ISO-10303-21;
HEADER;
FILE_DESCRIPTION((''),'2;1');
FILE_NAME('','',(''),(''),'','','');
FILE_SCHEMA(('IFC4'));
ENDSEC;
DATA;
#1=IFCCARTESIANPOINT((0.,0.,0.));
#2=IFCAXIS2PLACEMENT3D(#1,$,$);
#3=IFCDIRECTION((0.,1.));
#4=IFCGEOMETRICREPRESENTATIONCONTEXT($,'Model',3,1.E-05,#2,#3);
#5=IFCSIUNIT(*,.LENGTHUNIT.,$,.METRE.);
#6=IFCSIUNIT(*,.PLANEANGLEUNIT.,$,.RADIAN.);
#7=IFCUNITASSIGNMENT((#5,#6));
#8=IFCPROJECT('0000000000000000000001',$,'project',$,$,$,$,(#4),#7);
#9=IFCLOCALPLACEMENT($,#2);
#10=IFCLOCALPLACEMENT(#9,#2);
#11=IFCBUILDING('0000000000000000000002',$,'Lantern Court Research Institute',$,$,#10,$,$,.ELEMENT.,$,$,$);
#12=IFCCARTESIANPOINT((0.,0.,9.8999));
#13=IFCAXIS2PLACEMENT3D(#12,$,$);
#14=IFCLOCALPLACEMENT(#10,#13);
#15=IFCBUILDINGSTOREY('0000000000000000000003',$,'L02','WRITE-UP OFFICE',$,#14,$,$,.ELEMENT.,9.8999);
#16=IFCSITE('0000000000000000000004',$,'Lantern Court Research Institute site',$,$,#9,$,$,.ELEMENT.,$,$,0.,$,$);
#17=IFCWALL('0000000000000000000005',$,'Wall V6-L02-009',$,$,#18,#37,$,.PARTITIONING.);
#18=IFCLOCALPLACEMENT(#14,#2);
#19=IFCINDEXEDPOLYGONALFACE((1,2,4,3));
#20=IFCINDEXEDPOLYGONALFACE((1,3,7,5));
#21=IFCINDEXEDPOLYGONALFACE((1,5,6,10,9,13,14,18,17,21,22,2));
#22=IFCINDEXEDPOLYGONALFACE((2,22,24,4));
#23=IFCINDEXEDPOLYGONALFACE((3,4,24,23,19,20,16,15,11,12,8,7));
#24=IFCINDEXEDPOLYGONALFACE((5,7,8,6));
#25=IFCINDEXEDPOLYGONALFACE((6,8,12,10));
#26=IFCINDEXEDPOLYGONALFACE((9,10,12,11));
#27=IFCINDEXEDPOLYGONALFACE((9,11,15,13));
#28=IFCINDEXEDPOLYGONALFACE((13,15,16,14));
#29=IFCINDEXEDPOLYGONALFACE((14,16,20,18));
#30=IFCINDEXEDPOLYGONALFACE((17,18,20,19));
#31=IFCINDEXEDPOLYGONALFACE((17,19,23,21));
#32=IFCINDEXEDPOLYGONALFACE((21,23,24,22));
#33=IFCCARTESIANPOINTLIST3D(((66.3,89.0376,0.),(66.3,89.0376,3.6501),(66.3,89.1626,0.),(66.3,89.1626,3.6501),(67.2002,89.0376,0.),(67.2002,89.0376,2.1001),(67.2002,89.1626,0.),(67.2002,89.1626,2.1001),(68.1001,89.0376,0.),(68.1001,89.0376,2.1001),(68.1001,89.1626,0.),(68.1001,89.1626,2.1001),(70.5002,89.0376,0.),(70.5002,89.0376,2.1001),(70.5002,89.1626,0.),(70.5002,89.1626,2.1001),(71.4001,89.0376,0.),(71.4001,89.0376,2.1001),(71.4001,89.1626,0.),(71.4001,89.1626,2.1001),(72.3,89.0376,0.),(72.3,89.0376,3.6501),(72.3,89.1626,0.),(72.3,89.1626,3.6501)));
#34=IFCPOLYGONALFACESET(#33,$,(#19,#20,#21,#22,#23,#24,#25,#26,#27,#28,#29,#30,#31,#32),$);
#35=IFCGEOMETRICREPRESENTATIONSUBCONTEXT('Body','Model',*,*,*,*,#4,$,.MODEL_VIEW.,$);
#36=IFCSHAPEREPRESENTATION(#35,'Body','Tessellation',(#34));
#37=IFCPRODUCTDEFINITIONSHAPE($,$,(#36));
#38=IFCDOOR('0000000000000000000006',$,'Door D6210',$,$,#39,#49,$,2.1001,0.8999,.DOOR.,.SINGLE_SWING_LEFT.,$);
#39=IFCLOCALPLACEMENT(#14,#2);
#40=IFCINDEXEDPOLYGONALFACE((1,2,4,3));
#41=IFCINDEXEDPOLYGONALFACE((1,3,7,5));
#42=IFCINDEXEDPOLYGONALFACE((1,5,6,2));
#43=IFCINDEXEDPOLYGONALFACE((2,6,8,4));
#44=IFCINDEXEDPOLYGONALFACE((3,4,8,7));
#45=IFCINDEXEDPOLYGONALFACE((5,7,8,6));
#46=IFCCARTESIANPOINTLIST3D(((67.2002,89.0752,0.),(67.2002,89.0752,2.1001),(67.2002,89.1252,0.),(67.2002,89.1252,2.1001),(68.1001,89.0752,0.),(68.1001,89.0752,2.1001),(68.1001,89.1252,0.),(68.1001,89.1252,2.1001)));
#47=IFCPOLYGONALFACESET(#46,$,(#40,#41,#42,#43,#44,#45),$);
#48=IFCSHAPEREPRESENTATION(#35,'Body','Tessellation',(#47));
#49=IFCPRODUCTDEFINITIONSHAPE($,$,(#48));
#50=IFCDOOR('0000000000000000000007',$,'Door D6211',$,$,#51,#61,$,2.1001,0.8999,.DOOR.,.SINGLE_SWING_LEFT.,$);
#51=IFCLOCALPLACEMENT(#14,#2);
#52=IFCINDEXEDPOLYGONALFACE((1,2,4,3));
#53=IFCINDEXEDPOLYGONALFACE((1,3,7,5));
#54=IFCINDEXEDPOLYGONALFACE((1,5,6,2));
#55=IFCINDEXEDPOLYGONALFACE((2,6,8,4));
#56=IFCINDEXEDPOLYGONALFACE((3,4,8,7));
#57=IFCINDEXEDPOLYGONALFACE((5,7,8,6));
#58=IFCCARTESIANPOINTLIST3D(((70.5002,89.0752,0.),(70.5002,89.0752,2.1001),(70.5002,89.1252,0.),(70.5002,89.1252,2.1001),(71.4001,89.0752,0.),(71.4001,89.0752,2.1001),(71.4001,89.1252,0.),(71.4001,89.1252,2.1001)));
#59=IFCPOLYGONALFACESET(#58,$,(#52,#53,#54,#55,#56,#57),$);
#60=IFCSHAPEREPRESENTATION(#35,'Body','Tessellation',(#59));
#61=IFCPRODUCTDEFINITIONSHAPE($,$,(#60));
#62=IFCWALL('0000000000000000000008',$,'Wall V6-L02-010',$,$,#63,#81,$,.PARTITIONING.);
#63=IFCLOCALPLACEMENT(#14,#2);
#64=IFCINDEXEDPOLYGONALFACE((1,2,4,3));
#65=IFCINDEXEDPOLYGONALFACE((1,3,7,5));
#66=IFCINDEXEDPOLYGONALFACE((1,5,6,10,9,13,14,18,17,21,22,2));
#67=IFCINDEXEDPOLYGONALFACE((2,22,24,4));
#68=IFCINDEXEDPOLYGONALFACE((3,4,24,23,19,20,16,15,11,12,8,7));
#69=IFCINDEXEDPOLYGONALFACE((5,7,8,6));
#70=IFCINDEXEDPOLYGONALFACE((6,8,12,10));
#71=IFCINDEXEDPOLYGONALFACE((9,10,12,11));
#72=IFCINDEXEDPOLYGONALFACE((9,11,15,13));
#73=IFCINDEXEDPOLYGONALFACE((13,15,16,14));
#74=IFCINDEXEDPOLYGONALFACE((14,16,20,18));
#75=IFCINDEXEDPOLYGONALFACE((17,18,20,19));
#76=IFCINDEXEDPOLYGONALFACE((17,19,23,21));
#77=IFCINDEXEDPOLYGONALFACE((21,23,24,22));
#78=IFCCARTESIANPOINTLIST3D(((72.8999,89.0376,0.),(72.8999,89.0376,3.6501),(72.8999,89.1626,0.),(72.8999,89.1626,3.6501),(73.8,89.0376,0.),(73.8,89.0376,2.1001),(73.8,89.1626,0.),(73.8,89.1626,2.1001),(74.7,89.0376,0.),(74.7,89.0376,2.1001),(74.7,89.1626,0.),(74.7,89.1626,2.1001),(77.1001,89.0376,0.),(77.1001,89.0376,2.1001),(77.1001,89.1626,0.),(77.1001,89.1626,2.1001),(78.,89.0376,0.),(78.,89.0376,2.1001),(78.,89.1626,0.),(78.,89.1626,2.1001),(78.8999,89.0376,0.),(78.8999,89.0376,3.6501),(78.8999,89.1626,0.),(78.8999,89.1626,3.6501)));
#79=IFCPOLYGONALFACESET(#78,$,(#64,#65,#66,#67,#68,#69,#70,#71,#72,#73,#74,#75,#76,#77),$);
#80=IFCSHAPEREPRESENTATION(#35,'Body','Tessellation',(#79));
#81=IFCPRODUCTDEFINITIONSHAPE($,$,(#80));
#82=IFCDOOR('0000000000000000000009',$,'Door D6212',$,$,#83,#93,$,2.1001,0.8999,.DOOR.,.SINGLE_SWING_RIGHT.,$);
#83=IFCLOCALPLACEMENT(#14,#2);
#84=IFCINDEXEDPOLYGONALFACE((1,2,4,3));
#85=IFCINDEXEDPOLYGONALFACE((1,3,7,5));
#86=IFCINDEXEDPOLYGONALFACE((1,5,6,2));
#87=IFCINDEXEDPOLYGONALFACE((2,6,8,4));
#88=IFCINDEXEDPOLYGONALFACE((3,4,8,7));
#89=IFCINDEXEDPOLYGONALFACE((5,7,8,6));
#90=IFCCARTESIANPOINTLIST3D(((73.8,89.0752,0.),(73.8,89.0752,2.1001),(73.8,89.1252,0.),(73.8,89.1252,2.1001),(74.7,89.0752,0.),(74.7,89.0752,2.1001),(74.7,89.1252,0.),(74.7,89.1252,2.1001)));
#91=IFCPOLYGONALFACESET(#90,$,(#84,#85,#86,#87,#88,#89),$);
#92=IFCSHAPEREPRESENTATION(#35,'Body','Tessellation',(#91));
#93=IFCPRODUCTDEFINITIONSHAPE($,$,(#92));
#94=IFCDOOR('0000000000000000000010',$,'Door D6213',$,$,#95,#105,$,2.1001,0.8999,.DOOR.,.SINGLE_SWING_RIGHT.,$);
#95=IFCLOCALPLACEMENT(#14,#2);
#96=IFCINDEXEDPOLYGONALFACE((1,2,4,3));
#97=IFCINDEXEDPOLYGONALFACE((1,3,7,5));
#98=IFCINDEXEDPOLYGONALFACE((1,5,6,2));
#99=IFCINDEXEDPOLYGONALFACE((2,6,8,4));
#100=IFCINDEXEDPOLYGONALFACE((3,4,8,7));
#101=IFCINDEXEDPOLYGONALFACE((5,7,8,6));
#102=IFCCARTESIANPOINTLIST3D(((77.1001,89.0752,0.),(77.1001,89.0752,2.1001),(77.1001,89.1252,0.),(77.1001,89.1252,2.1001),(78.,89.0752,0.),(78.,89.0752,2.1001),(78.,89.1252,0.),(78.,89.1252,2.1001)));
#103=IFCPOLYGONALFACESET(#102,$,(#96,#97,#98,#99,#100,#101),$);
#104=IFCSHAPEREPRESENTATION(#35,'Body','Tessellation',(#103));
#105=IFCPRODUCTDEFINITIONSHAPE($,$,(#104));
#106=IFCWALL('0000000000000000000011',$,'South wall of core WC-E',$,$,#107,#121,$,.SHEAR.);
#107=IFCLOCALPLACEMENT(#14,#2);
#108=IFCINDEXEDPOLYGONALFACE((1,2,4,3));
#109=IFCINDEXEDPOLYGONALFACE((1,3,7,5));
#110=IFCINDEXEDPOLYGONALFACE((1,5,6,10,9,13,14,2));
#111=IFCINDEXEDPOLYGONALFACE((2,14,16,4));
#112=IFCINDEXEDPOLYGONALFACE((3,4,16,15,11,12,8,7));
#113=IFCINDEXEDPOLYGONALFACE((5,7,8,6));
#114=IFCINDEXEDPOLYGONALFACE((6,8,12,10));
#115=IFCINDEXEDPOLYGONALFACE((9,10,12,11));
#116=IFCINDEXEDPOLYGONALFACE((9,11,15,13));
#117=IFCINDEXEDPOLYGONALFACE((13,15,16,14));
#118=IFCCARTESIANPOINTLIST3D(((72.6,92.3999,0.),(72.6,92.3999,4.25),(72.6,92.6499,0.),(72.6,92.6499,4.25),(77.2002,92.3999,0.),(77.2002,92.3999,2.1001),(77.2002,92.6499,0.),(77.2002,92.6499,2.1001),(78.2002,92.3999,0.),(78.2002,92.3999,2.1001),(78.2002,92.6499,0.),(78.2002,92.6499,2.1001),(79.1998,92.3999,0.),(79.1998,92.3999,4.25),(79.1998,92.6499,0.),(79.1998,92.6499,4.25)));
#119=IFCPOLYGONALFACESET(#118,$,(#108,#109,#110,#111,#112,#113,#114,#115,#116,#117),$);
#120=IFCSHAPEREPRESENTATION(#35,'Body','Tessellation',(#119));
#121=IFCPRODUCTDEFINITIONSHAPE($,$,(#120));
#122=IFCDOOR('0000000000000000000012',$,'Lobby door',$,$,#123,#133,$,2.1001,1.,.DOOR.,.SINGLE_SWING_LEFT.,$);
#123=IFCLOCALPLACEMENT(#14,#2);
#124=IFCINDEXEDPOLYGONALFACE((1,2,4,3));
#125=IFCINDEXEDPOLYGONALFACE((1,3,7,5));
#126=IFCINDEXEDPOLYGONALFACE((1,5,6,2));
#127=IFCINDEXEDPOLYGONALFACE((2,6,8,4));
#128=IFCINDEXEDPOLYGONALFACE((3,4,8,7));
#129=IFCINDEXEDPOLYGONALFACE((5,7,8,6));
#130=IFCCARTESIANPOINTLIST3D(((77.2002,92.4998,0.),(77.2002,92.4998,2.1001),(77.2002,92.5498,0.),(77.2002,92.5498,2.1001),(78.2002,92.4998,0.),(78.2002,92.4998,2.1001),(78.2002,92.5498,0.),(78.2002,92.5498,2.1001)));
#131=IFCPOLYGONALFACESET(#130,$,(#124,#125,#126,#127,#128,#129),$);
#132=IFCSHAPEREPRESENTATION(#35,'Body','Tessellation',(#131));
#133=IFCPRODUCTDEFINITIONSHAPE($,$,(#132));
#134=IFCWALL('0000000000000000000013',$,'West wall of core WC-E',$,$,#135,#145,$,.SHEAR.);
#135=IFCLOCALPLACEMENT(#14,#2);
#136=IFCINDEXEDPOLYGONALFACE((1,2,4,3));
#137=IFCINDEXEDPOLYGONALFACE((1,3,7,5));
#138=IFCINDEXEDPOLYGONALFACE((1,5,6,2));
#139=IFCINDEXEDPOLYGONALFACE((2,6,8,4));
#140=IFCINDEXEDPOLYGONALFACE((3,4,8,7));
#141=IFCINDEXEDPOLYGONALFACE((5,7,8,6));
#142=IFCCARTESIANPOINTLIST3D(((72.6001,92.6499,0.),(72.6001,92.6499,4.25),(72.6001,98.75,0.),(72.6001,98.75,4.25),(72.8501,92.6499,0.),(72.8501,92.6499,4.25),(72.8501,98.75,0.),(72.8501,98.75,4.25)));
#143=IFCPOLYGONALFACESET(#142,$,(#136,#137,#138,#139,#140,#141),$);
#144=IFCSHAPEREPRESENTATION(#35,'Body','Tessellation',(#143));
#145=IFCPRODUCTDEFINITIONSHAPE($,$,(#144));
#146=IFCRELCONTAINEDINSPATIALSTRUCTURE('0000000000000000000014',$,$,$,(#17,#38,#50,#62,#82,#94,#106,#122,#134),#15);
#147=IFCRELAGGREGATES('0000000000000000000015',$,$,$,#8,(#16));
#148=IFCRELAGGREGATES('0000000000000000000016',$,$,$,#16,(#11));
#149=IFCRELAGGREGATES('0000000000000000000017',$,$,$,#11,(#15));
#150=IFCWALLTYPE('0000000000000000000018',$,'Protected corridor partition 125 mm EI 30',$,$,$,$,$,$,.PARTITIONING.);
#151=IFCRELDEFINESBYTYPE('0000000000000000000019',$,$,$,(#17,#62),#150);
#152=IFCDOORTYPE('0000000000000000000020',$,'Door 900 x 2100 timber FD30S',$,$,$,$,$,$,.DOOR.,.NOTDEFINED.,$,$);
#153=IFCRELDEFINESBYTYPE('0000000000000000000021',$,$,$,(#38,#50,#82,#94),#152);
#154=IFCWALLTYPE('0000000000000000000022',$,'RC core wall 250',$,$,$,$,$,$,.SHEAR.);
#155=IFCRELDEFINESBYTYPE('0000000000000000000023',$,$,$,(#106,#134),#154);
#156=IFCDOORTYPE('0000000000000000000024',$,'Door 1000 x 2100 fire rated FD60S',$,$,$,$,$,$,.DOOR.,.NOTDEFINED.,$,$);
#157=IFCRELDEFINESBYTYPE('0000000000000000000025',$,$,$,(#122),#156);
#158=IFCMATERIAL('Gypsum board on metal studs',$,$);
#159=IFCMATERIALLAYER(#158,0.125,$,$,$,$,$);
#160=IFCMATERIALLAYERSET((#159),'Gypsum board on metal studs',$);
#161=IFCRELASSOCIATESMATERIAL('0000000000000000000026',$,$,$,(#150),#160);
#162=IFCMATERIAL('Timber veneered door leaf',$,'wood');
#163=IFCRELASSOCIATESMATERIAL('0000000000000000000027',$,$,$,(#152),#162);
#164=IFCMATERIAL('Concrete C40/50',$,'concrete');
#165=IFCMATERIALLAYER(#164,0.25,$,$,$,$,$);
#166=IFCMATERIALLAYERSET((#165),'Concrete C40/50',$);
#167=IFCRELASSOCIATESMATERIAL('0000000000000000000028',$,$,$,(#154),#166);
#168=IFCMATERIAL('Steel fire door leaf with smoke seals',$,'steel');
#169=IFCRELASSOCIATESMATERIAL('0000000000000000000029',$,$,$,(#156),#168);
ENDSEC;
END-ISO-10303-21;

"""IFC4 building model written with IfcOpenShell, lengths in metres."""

from ifc_helpers import new_model, si_unit, direction, frame, frame_2d, origin, place, context, subcontext, project, spatial, rectangle, extrude, material, layer, layer_set, type_object, element, fill, save


model = new_model("IFC4")

# Units and contexts
model_context = context("Model", 3, precision=1e-05, world=origin(), true_north=direction((0.0, 1.0)))
body_context = subcontext(model_context, "Body", "Model", "MODEL_VIEW")
ifc_project = project(units=[si_unit("LENGTHUNIT", "METRE"), si_unit("PLANEANGLEUNIT", "RADIAN")], contexts=[model_context])

# Site, building, storey
site_placement = place(None, origin())
site = spatial("IfcSite", under=ifc_project, at=site_placement, Name="Lantern Court Research Institute site", CompositionType="ELEMENT", RefElevation=0.0)
building_placement = place(site_placement, origin())
building = spatial("IfcBuilding", under=site, at=building_placement, Name="Lantern Court Research Institute", CompositionType="ELEMENT")
storey_placement = place(building_placement, frame((0.0, 0.0, 9.8999)))
storey = spatial("IfcBuildingStorey", under=building, at=storey_placement, Name="L02", Description="WRITE-UP OFFICE", CompositionType="ELEMENT", Elevation=9.8999)

# Walls, openings, doors
ifc_material_1 = material(Name="Gypsum board on metal studs")
ifc_layer_1 = layer(ifc_material_1, 0.125)
ifc_layer_set_1 = layer_set([ifc_layer_1], Name="Gypsum board on metal studs")
wall_type_1 = type_object("IfcWallType", Name="Protected corridor partition 125 mm EI 30", PredefinedType="PARTITIONING", material=ifc_layer_set_1)
wall_1_placement = place(storey_placement, frame((72.3, 89.1001, 0.0), z_axis=(0.0, 0.0, 1.0), x_axis=(-1.0, 0.0, 0.0)))
wall_1 = element("IfcWall", 1, at=wall_1_placement, inside=storey, type_object=wall_type_1, Name="Wall V6-L02-009", PredefinedType="PARTITIONING", context=body_context, shape_type="SweptSolid", body=[
    extrude(rectangle(XDim=6.0, YDim=0.125, at=frame_2d((3.0, 0.0))), origin(), (0.0, 0.0, 1.0), 3.6501),
])
opening_1_placement = place(wall_1_placement, frame((4.2, 0.0, 0.0)))
opening_1 = element("IfcOpeningElement", 2, at=opening_1_placement, cuts=wall_1, PredefinedType="OPENING", context=body_context, shape_type="SweptSolid", body=[
    extrude(rectangle(XDim=0.8999, YDim=2.1001, at=frame_2d((0.45, 1.05))), frame((0.0, 0.0725, 0.0), z_axis=(0.0, -1.0, 0.0), x_axis=(1.0, 0.0, 0.0)), (0.0, 0.0, 1.0), 0.145),
])
opening_2_placement = place(wall_1_placement, frame((0.8999, 0.0, 0.0)))
opening_2 = element("IfcOpeningElement", 3, at=opening_2_placement, cuts=wall_1, PredefinedType="OPENING", context=body_context, shape_type="SweptSolid", body=[
    extrude(rectangle(XDim=0.8999, YDim=2.1001, at=frame_2d((0.45, 1.05))), frame((0.0, 0.0725, 0.0), z_axis=(0.0, -1.0, 0.0), x_axis=(1.0, 0.0, 0.0)), (0.0, 0.0, 1.0), 0.145),
])
ifc_material_2 = material(Name="Timber veneered door leaf", Category="wood")
door_type_1 = type_object("IfcDoorType", Name="Door 900 x 2100 timber FD30S", OperationType="NOTDEFINED", PredefinedType="DOOR", material=ifc_material_2)
door_1_placement = place(opening_1_placement, origin())
door_1 = element("IfcDoor", 4, at=door_1_placement, inside=storey, type_object=door_type_1, Name="Door D6210", OperationType="SINGLE_SWING_LEFT", OverallHeight=2.1001, OverallWidth=0.8999, PredefinedType="DOOR", context=body_context, shape_type="SweptSolid", body=[
    extrude(rectangle(XDim=0.8999, YDim=2.1001, at=frame_2d((0.45, 1.05))), frame((0.0, 0.0249, 0.0), z_axis=(0.0, -1.0, 0.0), x_axis=(1.0, 0.0, 0.0)), (0.0, 0.0, 1.0), 0.05),
])
fill(opening_1, door_1)
door_2_placement = place(opening_2_placement, origin())
door_2 = element("IfcDoor", 5, at=door_2_placement, inside=storey, type_object=door_type_1, Name="Door D6211", OperationType="SINGLE_SWING_LEFT", OverallHeight=2.1001, OverallWidth=0.8999, PredefinedType="DOOR", context=body_context, shape_type="SweptSolid", body=[
    extrude(rectangle(XDim=0.8999, YDim=2.1001, at=frame_2d((0.45, 1.05))), frame((0.0, 0.0249, 0.0), z_axis=(0.0, -1.0, 0.0), x_axis=(1.0, 0.0, 0.0)), (0.0, 0.0, 1.0), 0.05),
])
fill(opening_2, door_2)
wall_2_placement = place(storey_placement, frame((78.8999, 89.1001, 0.0), z_axis=(0.0, 0.0, 1.0), x_axis=(-1.0, 0.0, 0.0)))
wall_2 = element("IfcWall", 6, at=wall_2_placement, inside=storey, type_object=wall_type_1, Name="Wall V6-L02-010", PredefinedType="PARTITIONING", context=body_context, shape_type="SweptSolid", body=[
    extrude(rectangle(XDim=6.0, YDim=0.125, at=frame_2d((3.0, 0.0))), origin(), (0.0, 0.0, 1.0), 3.6501),
])
opening_3_placement = place(wall_2_placement, frame((4.2, 0.0, 0.0)))
opening_3 = element("IfcOpeningElement", 7, at=opening_3_placement, cuts=wall_2, PredefinedType="OPENING", context=body_context, shape_type="SweptSolid", body=[
    extrude(rectangle(XDim=0.8999, YDim=2.1001, at=frame_2d((0.45, 1.05))), frame((0.0, 0.0725, 0.0), z_axis=(0.0, -1.0, 0.0), x_axis=(1.0, 0.0, 0.0)), (0.0, 0.0, 1.0), 0.145),
])
opening_4_placement = place(wall_2_placement, frame((0.8999, 0.0, 0.0)))
opening_4 = element("IfcOpeningElement", 8, at=opening_4_placement, cuts=wall_2, PredefinedType="OPENING", context=body_context, shape_type="SweptSolid", body=[
    extrude(rectangle(XDim=0.8999, YDim=2.1001, at=frame_2d((0.45, 1.05))), frame((0.0, 0.0725, 0.0), z_axis=(0.0, -1.0, 0.0), x_axis=(1.0, 0.0, 0.0)), (0.0, 0.0, 1.0), 0.145),
])
door_3_placement = place(opening_3_placement, origin())
door_3 = element("IfcDoor", 9, at=door_3_placement, inside=storey, type_object=door_type_1, Name="Door D6212", OperationType="SINGLE_SWING_RIGHT", OverallHeight=2.1001, OverallWidth=0.8999, PredefinedType="DOOR", context=body_context, shape_type="SweptSolid", body=[
    extrude(rectangle(XDim=0.8999, YDim=2.1001, at=frame_2d((0.45, 1.05))), frame((0.0, 0.0249, 0.0), z_axis=(0.0, -1.0, 0.0), x_axis=(1.0, 0.0, 0.0)), (0.0, 0.0, 1.0), 0.05),
])
fill(opening_3, door_3)
door_4_placement = place(opening_4_placement, origin())
door_4 = element("IfcDoor", 10, at=door_4_placement, inside=storey, type_object=door_type_1, Name="Door D6213", OperationType="SINGLE_SWING_RIGHT", OverallHeight=2.1001, OverallWidth=0.8999, PredefinedType="DOOR", context=body_context, shape_type="SweptSolid", body=[
    extrude(rectangle(XDim=0.8999, YDim=2.1001, at=frame_2d((0.45, 1.05))), frame((0.0, 0.0249, 0.0), z_axis=(0.0, -1.0, 0.0), x_axis=(1.0, 0.0, 0.0)), (0.0, 0.0, 1.0), 0.05),
])
fill(opening_4, door_4)

# Wall, opening, door
ifc_material_3 = material(Name="Concrete C40/50", Category="concrete")
ifc_layer_2 = layer(ifc_material_3, 0.25)
ifc_layer_set_2 = layer_set([ifc_layer_2], Name="Concrete C40/50")
wall_type_2 = type_object("IfcWallType", Name="RC core wall 250", PredefinedType="SHEAR", material=ifc_layer_set_2)
wall_3_placement = place(storey_placement, frame((72.6001, 92.5249, 0.0), z_axis=(0.0, 0.0, 1.0), x_axis=(1.0, 0.0, 0.0)))
wall_3 = element("IfcWall", 11, at=wall_3_placement, inside=storey, type_object=wall_type_2, Name="South wall of core WC-E", PredefinedType="SHEAR", context=body_context, shape_type="SweptSolid", body=[
    extrude(rectangle(XDim=6.5999, YDim=0.25, at=frame_2d((3.2998, 0.0))), origin(), (0.0, 0.0, 1.0), 4.25),
])
opening_5_placement = place(wall_3_placement, frame((4.6001, 0.0, 0.0)))
opening_5 = element("IfcOpeningElement", 12, at=opening_5_placement, cuts=wall_3, PredefinedType="OPENING", context=body_context, shape_type="SweptSolid", body=[
    extrude(rectangle(XDim=1.0, YDim=2.1001, at=frame_2d((0.5, 1.05))), frame((0.0, 0.135, 0.0), z_axis=(0.0, -1.0, 0.0), x_axis=(1.0, 0.0, 0.0)), (0.0, 0.0, 1.0), 0.27),
])
ifc_material_4 = material(Name="Steel fire door leaf with smoke seals", Category="steel")
door_type_2 = type_object("IfcDoorType", Name="Door 1000 x 2100 fire rated FD60S", OperationType="NOTDEFINED", PredefinedType="DOOR", material=ifc_material_4)
door_5_placement = place(opening_5_placement, origin())
door_5 = element("IfcDoor", 13, at=door_5_placement, inside=storey, type_object=door_type_2, Name="Lobby door", OperationType="SINGLE_SWING_LEFT", OverallHeight=2.1001, OverallWidth=1.0, PredefinedType="DOOR", context=body_context, shape_type="SweptSolid", body=[
    extrude(rectangle(XDim=1.0, YDim=2.1001, at=frame_2d((0.5, 1.05))), frame((0.0, 0.0249, 0.0), z_axis=(0.0, -1.0, 0.0), x_axis=(1.0, 0.0, 0.0)), (0.0, 0.0, 1.0), 0.05),
])
fill(opening_5, door_5)

# Wall
wall_4_placement = place(storey_placement, frame((72.7251, 92.6499, 0.0), z_axis=(0.0, 0.0, 1.0), x_axis=(0.0, 1.0, 0.0)))
element("IfcWall", 14, at=wall_4_placement, inside=storey, type_object=wall_type_2, Name="West wall of core WC-E", PredefinedType="SHEAR", context=body_context, shape_type="SweptSolid", body=[
    extrude(rectangle(XDim=6.1001, YDim=0.25, at=frame_2d((3.05, 0.0))), origin(), (0.0, 0.0, 1.0), 4.25),
])

save(model, "model.ifc")
